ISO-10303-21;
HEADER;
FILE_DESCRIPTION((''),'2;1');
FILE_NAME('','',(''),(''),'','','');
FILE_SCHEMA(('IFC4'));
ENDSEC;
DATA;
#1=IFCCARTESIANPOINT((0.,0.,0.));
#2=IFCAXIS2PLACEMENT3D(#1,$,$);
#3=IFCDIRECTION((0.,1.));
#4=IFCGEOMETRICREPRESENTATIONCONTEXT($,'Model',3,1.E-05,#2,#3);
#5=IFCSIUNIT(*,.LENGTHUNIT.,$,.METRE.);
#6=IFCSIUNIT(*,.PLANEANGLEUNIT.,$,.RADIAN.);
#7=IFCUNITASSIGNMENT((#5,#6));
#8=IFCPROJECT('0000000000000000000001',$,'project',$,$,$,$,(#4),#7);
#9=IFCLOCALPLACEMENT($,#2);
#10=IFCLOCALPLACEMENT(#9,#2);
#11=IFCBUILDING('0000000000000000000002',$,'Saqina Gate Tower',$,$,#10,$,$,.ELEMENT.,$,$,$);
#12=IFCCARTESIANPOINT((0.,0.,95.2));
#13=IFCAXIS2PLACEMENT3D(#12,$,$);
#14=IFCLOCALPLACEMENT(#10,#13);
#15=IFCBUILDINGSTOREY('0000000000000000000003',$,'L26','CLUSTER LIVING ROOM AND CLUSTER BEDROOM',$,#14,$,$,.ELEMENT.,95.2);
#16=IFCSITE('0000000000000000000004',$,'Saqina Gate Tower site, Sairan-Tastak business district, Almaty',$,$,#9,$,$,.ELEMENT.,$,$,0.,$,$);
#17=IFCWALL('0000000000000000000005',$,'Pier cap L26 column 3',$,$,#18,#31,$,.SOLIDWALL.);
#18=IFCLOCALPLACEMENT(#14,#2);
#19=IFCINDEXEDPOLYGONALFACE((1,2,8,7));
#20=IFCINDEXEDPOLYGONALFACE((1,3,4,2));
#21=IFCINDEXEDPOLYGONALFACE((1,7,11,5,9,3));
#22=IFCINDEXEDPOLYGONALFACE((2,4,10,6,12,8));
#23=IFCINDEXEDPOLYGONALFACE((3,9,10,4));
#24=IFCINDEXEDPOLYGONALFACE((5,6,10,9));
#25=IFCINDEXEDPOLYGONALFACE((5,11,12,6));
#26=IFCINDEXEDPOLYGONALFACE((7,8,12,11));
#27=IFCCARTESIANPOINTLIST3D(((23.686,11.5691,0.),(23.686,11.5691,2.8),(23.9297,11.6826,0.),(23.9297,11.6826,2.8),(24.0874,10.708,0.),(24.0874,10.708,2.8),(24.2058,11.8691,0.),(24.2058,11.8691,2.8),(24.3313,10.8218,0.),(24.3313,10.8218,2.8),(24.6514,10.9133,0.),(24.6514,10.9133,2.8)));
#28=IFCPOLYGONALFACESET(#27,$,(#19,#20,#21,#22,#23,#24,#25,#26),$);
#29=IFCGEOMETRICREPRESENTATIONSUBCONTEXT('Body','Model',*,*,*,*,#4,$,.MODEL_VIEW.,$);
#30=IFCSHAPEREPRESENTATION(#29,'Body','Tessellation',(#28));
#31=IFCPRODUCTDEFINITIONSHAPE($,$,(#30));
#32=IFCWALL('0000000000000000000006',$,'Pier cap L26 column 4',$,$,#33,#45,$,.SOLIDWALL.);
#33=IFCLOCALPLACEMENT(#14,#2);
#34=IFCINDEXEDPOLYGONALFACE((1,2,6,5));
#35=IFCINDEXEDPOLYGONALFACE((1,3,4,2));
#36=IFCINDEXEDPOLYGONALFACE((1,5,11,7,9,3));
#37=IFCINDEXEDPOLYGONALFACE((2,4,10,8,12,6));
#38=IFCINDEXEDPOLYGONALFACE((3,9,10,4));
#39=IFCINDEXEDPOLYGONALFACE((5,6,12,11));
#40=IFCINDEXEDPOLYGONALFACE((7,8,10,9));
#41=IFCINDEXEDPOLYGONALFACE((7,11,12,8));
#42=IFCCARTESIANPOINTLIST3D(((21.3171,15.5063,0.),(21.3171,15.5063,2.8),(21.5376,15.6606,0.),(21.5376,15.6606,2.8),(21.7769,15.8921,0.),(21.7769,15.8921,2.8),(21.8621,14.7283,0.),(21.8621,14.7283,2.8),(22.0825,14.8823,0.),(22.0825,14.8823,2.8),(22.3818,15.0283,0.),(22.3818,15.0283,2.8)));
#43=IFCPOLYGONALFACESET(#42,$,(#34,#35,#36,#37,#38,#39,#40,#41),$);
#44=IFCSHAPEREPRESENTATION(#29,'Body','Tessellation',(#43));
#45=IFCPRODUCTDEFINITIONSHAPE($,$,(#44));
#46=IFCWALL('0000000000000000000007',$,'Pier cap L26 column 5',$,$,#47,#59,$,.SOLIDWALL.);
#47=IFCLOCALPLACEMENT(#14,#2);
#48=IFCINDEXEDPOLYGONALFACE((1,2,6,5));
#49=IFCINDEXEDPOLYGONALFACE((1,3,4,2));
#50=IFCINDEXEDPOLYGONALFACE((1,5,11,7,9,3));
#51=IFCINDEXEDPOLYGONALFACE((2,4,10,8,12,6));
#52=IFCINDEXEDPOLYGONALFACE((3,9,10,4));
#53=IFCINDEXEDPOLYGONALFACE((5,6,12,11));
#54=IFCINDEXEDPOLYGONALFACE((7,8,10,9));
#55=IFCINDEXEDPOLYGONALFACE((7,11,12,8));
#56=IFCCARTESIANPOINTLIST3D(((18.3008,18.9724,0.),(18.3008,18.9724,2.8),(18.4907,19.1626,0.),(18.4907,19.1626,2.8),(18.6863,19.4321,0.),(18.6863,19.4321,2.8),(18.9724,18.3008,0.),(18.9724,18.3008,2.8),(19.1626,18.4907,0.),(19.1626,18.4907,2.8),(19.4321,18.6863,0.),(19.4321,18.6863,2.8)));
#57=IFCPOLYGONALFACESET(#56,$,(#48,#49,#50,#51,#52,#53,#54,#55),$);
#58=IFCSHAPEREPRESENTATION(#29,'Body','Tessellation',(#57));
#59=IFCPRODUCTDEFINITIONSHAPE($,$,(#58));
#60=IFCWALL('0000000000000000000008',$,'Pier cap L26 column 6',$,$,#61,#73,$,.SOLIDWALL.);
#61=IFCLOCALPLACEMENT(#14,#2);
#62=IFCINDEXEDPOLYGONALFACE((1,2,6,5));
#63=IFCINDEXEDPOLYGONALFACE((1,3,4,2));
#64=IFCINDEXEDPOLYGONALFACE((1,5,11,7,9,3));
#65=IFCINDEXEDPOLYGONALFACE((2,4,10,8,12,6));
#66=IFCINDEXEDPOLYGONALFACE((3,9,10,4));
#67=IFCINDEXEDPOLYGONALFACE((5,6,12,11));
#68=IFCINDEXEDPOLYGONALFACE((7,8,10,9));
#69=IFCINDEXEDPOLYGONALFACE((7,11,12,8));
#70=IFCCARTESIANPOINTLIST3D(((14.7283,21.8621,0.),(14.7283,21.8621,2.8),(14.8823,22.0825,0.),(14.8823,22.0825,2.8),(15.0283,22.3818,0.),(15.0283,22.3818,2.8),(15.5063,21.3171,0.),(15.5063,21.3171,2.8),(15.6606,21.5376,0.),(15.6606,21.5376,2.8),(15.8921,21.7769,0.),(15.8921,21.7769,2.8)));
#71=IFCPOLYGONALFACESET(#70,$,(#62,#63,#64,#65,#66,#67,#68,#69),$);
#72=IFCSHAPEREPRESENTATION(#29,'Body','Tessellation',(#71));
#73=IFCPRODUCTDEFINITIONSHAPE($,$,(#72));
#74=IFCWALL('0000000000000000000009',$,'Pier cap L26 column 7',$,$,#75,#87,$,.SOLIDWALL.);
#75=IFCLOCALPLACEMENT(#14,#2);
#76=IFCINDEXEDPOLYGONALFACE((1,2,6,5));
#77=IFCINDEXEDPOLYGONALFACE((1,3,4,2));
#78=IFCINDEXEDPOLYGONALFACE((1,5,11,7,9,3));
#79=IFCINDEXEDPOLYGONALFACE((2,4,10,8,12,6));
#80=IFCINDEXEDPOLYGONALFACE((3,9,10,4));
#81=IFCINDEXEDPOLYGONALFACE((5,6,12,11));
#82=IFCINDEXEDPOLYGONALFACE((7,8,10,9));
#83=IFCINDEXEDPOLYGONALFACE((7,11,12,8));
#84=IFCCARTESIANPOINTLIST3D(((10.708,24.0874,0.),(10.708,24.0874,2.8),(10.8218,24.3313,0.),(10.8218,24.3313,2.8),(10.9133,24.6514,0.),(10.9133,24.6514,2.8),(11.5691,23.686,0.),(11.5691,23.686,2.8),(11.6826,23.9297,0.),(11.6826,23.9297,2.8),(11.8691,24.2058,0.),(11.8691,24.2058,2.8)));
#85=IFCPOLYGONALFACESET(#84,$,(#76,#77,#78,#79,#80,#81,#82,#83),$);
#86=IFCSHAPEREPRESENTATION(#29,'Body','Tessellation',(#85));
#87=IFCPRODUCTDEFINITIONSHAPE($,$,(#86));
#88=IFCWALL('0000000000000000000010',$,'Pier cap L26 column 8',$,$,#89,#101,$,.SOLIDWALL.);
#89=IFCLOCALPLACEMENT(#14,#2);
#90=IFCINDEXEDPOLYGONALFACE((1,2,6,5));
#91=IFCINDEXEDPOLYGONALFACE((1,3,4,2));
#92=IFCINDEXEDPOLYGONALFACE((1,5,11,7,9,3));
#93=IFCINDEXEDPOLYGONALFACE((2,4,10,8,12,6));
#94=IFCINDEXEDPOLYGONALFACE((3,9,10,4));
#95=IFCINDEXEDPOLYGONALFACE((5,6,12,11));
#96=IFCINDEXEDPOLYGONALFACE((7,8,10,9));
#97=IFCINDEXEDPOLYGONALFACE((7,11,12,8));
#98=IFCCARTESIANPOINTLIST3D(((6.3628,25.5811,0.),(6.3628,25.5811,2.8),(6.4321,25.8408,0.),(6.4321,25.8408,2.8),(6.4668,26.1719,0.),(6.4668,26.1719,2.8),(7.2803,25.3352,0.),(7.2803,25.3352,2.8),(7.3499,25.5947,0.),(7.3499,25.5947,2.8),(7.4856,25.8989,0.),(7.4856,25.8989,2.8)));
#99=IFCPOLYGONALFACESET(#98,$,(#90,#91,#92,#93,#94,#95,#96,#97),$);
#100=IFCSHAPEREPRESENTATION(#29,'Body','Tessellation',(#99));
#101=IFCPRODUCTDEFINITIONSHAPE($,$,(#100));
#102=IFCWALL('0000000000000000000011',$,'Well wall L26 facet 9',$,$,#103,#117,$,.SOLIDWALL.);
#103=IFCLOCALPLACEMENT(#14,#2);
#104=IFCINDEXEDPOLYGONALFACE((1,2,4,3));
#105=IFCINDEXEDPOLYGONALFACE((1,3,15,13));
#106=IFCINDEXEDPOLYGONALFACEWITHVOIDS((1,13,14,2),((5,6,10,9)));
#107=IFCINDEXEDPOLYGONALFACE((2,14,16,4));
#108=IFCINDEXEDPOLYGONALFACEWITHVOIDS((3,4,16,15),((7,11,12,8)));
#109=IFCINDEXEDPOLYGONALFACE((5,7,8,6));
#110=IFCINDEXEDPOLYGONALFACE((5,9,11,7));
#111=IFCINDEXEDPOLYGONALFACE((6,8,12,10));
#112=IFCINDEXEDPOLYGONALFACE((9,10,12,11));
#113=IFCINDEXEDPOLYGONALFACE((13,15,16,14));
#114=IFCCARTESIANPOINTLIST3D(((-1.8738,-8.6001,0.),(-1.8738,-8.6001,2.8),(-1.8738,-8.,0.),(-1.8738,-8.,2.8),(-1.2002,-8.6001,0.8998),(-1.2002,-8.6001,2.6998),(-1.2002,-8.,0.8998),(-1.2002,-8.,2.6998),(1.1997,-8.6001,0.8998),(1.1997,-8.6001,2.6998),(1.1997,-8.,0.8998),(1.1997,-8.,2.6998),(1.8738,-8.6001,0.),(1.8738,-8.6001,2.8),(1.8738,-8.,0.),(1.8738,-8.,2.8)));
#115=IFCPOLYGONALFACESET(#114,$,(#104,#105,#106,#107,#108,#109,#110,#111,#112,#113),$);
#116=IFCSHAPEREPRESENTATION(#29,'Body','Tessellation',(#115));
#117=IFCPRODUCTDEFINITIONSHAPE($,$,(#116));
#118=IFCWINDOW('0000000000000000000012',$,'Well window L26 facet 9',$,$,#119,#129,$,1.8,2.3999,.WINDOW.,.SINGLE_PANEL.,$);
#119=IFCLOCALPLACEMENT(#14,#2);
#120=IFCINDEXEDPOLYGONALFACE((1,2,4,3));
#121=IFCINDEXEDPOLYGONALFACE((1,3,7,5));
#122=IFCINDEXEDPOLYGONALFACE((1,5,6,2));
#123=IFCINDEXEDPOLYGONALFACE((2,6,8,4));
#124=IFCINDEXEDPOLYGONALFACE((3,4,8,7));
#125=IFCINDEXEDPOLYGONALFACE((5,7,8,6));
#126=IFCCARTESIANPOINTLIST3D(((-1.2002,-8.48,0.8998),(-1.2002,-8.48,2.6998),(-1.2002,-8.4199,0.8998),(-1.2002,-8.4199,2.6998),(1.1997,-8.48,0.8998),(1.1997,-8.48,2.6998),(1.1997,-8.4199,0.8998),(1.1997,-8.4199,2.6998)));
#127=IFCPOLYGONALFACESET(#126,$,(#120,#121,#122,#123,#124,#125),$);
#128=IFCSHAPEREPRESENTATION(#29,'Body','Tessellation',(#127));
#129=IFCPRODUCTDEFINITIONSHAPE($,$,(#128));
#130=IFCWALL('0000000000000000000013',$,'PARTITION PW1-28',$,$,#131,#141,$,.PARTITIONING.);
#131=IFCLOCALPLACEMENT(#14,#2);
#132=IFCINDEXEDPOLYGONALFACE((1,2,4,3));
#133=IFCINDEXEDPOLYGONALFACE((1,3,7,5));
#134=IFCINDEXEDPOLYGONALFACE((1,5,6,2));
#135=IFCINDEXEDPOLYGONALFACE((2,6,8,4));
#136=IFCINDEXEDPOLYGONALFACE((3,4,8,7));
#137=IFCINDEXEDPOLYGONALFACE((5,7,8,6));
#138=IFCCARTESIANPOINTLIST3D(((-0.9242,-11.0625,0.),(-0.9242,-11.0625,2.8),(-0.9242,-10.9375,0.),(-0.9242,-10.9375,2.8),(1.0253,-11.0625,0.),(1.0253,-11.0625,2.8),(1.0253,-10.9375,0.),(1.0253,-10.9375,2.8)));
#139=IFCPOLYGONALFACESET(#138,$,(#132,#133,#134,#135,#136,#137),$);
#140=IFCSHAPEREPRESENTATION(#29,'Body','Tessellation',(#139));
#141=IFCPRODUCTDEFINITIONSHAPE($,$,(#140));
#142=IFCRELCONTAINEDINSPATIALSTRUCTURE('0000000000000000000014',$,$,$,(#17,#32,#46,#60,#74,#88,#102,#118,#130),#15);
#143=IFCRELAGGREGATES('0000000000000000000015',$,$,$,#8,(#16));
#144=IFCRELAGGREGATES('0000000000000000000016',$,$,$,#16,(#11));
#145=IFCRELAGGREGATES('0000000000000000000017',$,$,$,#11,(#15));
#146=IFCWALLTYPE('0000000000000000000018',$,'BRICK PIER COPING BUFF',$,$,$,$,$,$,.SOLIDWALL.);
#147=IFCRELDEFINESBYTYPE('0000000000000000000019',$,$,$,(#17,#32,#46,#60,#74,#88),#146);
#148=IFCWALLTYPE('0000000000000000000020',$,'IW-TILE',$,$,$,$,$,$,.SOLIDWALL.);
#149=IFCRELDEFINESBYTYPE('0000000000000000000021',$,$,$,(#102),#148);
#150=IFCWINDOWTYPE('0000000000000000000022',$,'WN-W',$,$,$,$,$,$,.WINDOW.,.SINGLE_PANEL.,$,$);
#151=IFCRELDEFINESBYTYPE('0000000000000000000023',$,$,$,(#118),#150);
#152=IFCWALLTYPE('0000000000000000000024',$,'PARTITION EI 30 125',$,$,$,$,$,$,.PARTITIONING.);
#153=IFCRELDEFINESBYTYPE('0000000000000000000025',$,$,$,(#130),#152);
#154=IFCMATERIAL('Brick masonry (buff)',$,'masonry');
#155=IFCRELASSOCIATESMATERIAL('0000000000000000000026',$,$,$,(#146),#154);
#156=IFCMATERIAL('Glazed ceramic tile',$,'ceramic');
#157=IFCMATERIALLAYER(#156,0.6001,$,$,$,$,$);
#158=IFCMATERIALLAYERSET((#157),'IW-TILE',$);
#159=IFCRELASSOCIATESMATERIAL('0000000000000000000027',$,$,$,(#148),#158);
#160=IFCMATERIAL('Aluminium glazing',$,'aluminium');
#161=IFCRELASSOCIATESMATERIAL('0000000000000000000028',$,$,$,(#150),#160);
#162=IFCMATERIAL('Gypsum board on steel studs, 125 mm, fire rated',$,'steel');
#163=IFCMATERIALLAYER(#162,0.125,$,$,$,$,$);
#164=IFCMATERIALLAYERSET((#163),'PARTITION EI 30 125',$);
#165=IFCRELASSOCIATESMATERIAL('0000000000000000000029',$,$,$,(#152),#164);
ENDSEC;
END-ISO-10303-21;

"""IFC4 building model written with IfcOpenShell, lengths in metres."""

from ifc_helpers import new_model, si_unit, direction, frame, frame_2d, origin, place, context, subcontext, project, spatial, polyline, rectangle, outline, extrude, material, layer, layer_set, type_object, element, fill, save


model = new_model("IFC4")

# Units and contexts
model_context = context("Model", 3, precision=1e-05, world=origin(), true_north=direction((0.0, 1.0)))
body_context = subcontext(model_context, "Body", "Model", "MODEL_VIEW")
ifc_project = project(units=[si_unit("LENGTHUNIT", "METRE"), si_unit("PLANEANGLEUNIT", "RADIAN")], contexts=[model_context])

# Site, building, storey
site_placement = place(None, origin())
site = spatial("IfcSite", under=ifc_project, at=site_placement, Name="Saqina Gate Tower site, Sairan-Tastak business district, Almaty", CompositionType="ELEMENT", RefElevation=0.0)
building_placement = place(site_placement, origin())
building = spatial("IfcBuilding", under=site, at=building_placement, Name="Saqina Gate Tower", CompositionType="ELEMENT")
storey_placement = place(building_placement, frame((0.0, 0.0, 95.2)))
storey = spatial("IfcBuildingStorey", under=building, at=storey_placement, Name="L26", Description="CLUSTER LIVING ROOM AND CLUSTER BEDROOM", CompositionType="ELEMENT", Elevation=95.2)

# Walls
ifc_material_1 = material(Name="Brick masonry (buff)", Category="masonry")
wall_type_1 = type_object("IfcWallType", Name="BRICK PIER COPING BUFF", PredefinedType="SOLIDWALL", material=ifc_material_1)
wall_1_placement = place(storey_placement, origin())
element("IfcWall", 1, at=wall_1_placement, inside=storey, type_object=wall_type_1, Name="Pier cap L26 column 3", PredefinedType="SOLIDWALL", context=body_context, shape_type="SweptSolid", body=[
    extrude(outline(polyline([(24.6514, 10.9133), (24.2058, 11.8691), (23.686, 11.5691), (23.9297, 11.6826), (24.3313, 10.8218), (24.0874, 10.708), (24.6514, 10.9133)])), origin(), (0.0, 0.0, 1.0), 2.8),
])
wall_2_placement = place(storey_placement, origin())
element("IfcWall", 2, at=wall_2_placement, inside=storey, type_object=wall_type_1, Name="Pier cap L26 column 4", PredefinedType="SOLIDWALL", context=body_context, shape_type="SweptSolid", body=[
    extrude(outline(polyline([(21.7769, 15.8921), (21.3171, 15.5063), (21.5376, 15.6606), (22.0825, 14.8823), (21.8621, 14.7283), (22.3818, 15.0283), (21.7769, 15.8921)])), origin(), (0.0, 0.0, 1.0), 2.8),
])
wall_3_placement = place(storey_placement, origin())
element("IfcWall", 3, at=wall_3_placement, inside=storey, type_object=wall_type_1, Name="Pier cap L26 column 5", PredefinedType="SOLIDWALL", context=body_context, shape_type="SweptSolid", body=[
    extrude(outline(polyline([(19.4321, 18.6863), (18.6863, 19.4321), (18.3008, 18.9724), (18.4907, 19.1626), (19.1626, 18.4907), (18.9724, 18.3008), (19.4321, 18.6863)])), origin(), (0.0, 0.0, 1.0), 2.8),
])
wall_4_placement = place(storey_placement, origin())
element("IfcWall", 4, at=wall_4_placement, inside=storey, type_object=wall_type_1, Name="Pier cap L26 column 6", PredefinedType="SOLIDWALL", context=body_context, shape_type="SweptSolid", body=[
    extrude(outline(polyline([(15.0283, 22.3818), (14.7283, 21.8621), (14.8823, 22.0825), (15.6606, 21.5376), (15.5063, 21.3171), (15.8921, 21.7769), (15.0283, 22.3818)])), origin(), (0.0, 0.0, 1.0), 2.8),
])
wall_5_placement = place(storey_placement, origin())
element("IfcWall", 5, at=wall_5_placement, inside=storey, type_object=wall_type_1, Name="Pier cap L26 column 7", PredefinedType="SOLIDWALL", context=body_context, shape_type="SweptSolid", body=[
    extrude(outline(polyline([(10.9133, 24.6514), (10.708, 24.0874), (10.8218, 24.3313), (11.6826, 23.9297), (11.5691, 23.686), (11.8691, 24.2058), (10.9133, 24.6514)])), origin(), (0.0, 0.0, 1.0), 2.8),
])
wall_6_placement = place(storey_placement, origin())
element("IfcWall", 6, at=wall_6_placement, inside=storey, type_object=wall_type_1, Name="Pier cap L26 column 8", PredefinedType="SOLIDWALL", context=body_context, shape_type="SweptSolid", body=[
    extrude(outline(polyline([(7.4856, 25.8989), (6.4668, 26.1719), (6.3628, 25.5811), (6.4321, 25.8408), (7.3499, 25.5947), (7.2803, 25.3352), (7.4856, 25.8989)])), origin(), (0.0, 0.0, 1.0), 2.8),
])

# Wall, opening, window
ifc_material_2 = material(Name="Glazed ceramic tile", Category="ceramic")
ifc_layer_1 = layer(ifc_material_2, 0.6001)
ifc_layer_set_1 = layer_set([ifc_layer_1], Name="IW-TILE")
wall_type_2 = type_object("IfcWallType", Name="IW-TILE", PredefinedType="SOLIDWALL", material=ifc_layer_set_1)
wall_7_placement = place(storey_placement, frame((-1.8738, -8.3, 0.0), z_axis=(0.0, 0.0, 1.0), x_axis=(1.0, 0.0, 0.0)))
wall_7 = element("IfcWall", 7, at=wall_7_placement, inside=storey, type_object=wall_type_2, Name="Well wall L26 facet 9", PredefinedType="SOLIDWALL", context=body_context, shape_type="SweptSolid", body=[
    extrude(rectangle(XDim=3.7476, YDim=0.6001, at=frame_2d((1.8738, 0.0))), origin(), (0.0, 0.0, 1.0), 2.8),
])
opening_placement = place(wall_7_placement, frame((0.6736, 0.0, 0.8999)))
opening = element("IfcOpeningElement", 8, at=opening_placement, cuts=wall_7, PredefinedType="OPENING", context=body_context, shape_type="SweptSolid", body=[
    extrude(rectangle(XDim=2.3999, YDim=1.8, at=frame_2d((1.2, 0.8999))), frame((0.0, 0.312, 0.0), z_axis=(0.0, -1.0, 0.0), x_axis=(1.0, 0.0, 0.0)), (0.0, 0.0, 1.0), 0.624),
])
ifc_material_3 = material(Name="Aluminium glazing", Category="aluminium")
window_type = type_object("IfcWindowType", Name="WN-W", PartitioningType="SINGLE_PANEL", PredefinedType="WINDOW", material=ifc_material_3)
window_placement = place(opening_placement, origin())
window = element("IfcWindow", 9, at=window_placement, inside=storey, type_object=window_type, Name="Well window L26 facet 9", OverallHeight=1.8, OverallWidth=2.3999, PartitioningType="SINGLE_PANEL", PredefinedType="WINDOW", context=body_context, shape_type="SweptSolid", body=[
    extrude(rectangle(XDim=2.3999, YDim=1.8, at=frame_2d((1.2, 0.8999))), frame((0.0, -0.1199, 0.0), z_axis=(0.0, -1.0, 0.0), x_axis=(1.0, 0.0, 0.0)), (0.0, 0.0, 1.0), 0.0601),
])
fill(opening, window)

# Wall
ifc_material_4 = material(Name="Gypsum board on steel studs, 125 mm, fire rated", Category="steel")
ifc_layer_2 = layer(ifc_material_4, 0.125)
ifc_layer_set_2 = layer_set([ifc_layer_2], Name="PARTITION EI 30 125")
wall_type_3 = type_object("IfcWallType", Name="PARTITION EI 30 125", PredefinedType="PARTITIONING", material=ifc_layer_set_2)
wall_8_placement = place(storey_placement, frame((-0.9241, -11.0, 0.0), z_axis=(0.0, 0.0, 1.0), x_axis=(1.0, 0.0, 0.0)))
element("IfcWall", 10, at=wall_8_placement, inside=storey, type_object=wall_type_3, Name="PARTITION PW1-28", PredefinedType="PARTITIONING", context=body_context, shape_type="SweptSolid", body=[
    extrude(rectangle(XDim=1.9495, YDim=0.125, at=frame_2d((0.9746, 0.0))), origin(), (0.0, 0.0, 1.0), 2.8),
])

save(model, "model.ifc")
